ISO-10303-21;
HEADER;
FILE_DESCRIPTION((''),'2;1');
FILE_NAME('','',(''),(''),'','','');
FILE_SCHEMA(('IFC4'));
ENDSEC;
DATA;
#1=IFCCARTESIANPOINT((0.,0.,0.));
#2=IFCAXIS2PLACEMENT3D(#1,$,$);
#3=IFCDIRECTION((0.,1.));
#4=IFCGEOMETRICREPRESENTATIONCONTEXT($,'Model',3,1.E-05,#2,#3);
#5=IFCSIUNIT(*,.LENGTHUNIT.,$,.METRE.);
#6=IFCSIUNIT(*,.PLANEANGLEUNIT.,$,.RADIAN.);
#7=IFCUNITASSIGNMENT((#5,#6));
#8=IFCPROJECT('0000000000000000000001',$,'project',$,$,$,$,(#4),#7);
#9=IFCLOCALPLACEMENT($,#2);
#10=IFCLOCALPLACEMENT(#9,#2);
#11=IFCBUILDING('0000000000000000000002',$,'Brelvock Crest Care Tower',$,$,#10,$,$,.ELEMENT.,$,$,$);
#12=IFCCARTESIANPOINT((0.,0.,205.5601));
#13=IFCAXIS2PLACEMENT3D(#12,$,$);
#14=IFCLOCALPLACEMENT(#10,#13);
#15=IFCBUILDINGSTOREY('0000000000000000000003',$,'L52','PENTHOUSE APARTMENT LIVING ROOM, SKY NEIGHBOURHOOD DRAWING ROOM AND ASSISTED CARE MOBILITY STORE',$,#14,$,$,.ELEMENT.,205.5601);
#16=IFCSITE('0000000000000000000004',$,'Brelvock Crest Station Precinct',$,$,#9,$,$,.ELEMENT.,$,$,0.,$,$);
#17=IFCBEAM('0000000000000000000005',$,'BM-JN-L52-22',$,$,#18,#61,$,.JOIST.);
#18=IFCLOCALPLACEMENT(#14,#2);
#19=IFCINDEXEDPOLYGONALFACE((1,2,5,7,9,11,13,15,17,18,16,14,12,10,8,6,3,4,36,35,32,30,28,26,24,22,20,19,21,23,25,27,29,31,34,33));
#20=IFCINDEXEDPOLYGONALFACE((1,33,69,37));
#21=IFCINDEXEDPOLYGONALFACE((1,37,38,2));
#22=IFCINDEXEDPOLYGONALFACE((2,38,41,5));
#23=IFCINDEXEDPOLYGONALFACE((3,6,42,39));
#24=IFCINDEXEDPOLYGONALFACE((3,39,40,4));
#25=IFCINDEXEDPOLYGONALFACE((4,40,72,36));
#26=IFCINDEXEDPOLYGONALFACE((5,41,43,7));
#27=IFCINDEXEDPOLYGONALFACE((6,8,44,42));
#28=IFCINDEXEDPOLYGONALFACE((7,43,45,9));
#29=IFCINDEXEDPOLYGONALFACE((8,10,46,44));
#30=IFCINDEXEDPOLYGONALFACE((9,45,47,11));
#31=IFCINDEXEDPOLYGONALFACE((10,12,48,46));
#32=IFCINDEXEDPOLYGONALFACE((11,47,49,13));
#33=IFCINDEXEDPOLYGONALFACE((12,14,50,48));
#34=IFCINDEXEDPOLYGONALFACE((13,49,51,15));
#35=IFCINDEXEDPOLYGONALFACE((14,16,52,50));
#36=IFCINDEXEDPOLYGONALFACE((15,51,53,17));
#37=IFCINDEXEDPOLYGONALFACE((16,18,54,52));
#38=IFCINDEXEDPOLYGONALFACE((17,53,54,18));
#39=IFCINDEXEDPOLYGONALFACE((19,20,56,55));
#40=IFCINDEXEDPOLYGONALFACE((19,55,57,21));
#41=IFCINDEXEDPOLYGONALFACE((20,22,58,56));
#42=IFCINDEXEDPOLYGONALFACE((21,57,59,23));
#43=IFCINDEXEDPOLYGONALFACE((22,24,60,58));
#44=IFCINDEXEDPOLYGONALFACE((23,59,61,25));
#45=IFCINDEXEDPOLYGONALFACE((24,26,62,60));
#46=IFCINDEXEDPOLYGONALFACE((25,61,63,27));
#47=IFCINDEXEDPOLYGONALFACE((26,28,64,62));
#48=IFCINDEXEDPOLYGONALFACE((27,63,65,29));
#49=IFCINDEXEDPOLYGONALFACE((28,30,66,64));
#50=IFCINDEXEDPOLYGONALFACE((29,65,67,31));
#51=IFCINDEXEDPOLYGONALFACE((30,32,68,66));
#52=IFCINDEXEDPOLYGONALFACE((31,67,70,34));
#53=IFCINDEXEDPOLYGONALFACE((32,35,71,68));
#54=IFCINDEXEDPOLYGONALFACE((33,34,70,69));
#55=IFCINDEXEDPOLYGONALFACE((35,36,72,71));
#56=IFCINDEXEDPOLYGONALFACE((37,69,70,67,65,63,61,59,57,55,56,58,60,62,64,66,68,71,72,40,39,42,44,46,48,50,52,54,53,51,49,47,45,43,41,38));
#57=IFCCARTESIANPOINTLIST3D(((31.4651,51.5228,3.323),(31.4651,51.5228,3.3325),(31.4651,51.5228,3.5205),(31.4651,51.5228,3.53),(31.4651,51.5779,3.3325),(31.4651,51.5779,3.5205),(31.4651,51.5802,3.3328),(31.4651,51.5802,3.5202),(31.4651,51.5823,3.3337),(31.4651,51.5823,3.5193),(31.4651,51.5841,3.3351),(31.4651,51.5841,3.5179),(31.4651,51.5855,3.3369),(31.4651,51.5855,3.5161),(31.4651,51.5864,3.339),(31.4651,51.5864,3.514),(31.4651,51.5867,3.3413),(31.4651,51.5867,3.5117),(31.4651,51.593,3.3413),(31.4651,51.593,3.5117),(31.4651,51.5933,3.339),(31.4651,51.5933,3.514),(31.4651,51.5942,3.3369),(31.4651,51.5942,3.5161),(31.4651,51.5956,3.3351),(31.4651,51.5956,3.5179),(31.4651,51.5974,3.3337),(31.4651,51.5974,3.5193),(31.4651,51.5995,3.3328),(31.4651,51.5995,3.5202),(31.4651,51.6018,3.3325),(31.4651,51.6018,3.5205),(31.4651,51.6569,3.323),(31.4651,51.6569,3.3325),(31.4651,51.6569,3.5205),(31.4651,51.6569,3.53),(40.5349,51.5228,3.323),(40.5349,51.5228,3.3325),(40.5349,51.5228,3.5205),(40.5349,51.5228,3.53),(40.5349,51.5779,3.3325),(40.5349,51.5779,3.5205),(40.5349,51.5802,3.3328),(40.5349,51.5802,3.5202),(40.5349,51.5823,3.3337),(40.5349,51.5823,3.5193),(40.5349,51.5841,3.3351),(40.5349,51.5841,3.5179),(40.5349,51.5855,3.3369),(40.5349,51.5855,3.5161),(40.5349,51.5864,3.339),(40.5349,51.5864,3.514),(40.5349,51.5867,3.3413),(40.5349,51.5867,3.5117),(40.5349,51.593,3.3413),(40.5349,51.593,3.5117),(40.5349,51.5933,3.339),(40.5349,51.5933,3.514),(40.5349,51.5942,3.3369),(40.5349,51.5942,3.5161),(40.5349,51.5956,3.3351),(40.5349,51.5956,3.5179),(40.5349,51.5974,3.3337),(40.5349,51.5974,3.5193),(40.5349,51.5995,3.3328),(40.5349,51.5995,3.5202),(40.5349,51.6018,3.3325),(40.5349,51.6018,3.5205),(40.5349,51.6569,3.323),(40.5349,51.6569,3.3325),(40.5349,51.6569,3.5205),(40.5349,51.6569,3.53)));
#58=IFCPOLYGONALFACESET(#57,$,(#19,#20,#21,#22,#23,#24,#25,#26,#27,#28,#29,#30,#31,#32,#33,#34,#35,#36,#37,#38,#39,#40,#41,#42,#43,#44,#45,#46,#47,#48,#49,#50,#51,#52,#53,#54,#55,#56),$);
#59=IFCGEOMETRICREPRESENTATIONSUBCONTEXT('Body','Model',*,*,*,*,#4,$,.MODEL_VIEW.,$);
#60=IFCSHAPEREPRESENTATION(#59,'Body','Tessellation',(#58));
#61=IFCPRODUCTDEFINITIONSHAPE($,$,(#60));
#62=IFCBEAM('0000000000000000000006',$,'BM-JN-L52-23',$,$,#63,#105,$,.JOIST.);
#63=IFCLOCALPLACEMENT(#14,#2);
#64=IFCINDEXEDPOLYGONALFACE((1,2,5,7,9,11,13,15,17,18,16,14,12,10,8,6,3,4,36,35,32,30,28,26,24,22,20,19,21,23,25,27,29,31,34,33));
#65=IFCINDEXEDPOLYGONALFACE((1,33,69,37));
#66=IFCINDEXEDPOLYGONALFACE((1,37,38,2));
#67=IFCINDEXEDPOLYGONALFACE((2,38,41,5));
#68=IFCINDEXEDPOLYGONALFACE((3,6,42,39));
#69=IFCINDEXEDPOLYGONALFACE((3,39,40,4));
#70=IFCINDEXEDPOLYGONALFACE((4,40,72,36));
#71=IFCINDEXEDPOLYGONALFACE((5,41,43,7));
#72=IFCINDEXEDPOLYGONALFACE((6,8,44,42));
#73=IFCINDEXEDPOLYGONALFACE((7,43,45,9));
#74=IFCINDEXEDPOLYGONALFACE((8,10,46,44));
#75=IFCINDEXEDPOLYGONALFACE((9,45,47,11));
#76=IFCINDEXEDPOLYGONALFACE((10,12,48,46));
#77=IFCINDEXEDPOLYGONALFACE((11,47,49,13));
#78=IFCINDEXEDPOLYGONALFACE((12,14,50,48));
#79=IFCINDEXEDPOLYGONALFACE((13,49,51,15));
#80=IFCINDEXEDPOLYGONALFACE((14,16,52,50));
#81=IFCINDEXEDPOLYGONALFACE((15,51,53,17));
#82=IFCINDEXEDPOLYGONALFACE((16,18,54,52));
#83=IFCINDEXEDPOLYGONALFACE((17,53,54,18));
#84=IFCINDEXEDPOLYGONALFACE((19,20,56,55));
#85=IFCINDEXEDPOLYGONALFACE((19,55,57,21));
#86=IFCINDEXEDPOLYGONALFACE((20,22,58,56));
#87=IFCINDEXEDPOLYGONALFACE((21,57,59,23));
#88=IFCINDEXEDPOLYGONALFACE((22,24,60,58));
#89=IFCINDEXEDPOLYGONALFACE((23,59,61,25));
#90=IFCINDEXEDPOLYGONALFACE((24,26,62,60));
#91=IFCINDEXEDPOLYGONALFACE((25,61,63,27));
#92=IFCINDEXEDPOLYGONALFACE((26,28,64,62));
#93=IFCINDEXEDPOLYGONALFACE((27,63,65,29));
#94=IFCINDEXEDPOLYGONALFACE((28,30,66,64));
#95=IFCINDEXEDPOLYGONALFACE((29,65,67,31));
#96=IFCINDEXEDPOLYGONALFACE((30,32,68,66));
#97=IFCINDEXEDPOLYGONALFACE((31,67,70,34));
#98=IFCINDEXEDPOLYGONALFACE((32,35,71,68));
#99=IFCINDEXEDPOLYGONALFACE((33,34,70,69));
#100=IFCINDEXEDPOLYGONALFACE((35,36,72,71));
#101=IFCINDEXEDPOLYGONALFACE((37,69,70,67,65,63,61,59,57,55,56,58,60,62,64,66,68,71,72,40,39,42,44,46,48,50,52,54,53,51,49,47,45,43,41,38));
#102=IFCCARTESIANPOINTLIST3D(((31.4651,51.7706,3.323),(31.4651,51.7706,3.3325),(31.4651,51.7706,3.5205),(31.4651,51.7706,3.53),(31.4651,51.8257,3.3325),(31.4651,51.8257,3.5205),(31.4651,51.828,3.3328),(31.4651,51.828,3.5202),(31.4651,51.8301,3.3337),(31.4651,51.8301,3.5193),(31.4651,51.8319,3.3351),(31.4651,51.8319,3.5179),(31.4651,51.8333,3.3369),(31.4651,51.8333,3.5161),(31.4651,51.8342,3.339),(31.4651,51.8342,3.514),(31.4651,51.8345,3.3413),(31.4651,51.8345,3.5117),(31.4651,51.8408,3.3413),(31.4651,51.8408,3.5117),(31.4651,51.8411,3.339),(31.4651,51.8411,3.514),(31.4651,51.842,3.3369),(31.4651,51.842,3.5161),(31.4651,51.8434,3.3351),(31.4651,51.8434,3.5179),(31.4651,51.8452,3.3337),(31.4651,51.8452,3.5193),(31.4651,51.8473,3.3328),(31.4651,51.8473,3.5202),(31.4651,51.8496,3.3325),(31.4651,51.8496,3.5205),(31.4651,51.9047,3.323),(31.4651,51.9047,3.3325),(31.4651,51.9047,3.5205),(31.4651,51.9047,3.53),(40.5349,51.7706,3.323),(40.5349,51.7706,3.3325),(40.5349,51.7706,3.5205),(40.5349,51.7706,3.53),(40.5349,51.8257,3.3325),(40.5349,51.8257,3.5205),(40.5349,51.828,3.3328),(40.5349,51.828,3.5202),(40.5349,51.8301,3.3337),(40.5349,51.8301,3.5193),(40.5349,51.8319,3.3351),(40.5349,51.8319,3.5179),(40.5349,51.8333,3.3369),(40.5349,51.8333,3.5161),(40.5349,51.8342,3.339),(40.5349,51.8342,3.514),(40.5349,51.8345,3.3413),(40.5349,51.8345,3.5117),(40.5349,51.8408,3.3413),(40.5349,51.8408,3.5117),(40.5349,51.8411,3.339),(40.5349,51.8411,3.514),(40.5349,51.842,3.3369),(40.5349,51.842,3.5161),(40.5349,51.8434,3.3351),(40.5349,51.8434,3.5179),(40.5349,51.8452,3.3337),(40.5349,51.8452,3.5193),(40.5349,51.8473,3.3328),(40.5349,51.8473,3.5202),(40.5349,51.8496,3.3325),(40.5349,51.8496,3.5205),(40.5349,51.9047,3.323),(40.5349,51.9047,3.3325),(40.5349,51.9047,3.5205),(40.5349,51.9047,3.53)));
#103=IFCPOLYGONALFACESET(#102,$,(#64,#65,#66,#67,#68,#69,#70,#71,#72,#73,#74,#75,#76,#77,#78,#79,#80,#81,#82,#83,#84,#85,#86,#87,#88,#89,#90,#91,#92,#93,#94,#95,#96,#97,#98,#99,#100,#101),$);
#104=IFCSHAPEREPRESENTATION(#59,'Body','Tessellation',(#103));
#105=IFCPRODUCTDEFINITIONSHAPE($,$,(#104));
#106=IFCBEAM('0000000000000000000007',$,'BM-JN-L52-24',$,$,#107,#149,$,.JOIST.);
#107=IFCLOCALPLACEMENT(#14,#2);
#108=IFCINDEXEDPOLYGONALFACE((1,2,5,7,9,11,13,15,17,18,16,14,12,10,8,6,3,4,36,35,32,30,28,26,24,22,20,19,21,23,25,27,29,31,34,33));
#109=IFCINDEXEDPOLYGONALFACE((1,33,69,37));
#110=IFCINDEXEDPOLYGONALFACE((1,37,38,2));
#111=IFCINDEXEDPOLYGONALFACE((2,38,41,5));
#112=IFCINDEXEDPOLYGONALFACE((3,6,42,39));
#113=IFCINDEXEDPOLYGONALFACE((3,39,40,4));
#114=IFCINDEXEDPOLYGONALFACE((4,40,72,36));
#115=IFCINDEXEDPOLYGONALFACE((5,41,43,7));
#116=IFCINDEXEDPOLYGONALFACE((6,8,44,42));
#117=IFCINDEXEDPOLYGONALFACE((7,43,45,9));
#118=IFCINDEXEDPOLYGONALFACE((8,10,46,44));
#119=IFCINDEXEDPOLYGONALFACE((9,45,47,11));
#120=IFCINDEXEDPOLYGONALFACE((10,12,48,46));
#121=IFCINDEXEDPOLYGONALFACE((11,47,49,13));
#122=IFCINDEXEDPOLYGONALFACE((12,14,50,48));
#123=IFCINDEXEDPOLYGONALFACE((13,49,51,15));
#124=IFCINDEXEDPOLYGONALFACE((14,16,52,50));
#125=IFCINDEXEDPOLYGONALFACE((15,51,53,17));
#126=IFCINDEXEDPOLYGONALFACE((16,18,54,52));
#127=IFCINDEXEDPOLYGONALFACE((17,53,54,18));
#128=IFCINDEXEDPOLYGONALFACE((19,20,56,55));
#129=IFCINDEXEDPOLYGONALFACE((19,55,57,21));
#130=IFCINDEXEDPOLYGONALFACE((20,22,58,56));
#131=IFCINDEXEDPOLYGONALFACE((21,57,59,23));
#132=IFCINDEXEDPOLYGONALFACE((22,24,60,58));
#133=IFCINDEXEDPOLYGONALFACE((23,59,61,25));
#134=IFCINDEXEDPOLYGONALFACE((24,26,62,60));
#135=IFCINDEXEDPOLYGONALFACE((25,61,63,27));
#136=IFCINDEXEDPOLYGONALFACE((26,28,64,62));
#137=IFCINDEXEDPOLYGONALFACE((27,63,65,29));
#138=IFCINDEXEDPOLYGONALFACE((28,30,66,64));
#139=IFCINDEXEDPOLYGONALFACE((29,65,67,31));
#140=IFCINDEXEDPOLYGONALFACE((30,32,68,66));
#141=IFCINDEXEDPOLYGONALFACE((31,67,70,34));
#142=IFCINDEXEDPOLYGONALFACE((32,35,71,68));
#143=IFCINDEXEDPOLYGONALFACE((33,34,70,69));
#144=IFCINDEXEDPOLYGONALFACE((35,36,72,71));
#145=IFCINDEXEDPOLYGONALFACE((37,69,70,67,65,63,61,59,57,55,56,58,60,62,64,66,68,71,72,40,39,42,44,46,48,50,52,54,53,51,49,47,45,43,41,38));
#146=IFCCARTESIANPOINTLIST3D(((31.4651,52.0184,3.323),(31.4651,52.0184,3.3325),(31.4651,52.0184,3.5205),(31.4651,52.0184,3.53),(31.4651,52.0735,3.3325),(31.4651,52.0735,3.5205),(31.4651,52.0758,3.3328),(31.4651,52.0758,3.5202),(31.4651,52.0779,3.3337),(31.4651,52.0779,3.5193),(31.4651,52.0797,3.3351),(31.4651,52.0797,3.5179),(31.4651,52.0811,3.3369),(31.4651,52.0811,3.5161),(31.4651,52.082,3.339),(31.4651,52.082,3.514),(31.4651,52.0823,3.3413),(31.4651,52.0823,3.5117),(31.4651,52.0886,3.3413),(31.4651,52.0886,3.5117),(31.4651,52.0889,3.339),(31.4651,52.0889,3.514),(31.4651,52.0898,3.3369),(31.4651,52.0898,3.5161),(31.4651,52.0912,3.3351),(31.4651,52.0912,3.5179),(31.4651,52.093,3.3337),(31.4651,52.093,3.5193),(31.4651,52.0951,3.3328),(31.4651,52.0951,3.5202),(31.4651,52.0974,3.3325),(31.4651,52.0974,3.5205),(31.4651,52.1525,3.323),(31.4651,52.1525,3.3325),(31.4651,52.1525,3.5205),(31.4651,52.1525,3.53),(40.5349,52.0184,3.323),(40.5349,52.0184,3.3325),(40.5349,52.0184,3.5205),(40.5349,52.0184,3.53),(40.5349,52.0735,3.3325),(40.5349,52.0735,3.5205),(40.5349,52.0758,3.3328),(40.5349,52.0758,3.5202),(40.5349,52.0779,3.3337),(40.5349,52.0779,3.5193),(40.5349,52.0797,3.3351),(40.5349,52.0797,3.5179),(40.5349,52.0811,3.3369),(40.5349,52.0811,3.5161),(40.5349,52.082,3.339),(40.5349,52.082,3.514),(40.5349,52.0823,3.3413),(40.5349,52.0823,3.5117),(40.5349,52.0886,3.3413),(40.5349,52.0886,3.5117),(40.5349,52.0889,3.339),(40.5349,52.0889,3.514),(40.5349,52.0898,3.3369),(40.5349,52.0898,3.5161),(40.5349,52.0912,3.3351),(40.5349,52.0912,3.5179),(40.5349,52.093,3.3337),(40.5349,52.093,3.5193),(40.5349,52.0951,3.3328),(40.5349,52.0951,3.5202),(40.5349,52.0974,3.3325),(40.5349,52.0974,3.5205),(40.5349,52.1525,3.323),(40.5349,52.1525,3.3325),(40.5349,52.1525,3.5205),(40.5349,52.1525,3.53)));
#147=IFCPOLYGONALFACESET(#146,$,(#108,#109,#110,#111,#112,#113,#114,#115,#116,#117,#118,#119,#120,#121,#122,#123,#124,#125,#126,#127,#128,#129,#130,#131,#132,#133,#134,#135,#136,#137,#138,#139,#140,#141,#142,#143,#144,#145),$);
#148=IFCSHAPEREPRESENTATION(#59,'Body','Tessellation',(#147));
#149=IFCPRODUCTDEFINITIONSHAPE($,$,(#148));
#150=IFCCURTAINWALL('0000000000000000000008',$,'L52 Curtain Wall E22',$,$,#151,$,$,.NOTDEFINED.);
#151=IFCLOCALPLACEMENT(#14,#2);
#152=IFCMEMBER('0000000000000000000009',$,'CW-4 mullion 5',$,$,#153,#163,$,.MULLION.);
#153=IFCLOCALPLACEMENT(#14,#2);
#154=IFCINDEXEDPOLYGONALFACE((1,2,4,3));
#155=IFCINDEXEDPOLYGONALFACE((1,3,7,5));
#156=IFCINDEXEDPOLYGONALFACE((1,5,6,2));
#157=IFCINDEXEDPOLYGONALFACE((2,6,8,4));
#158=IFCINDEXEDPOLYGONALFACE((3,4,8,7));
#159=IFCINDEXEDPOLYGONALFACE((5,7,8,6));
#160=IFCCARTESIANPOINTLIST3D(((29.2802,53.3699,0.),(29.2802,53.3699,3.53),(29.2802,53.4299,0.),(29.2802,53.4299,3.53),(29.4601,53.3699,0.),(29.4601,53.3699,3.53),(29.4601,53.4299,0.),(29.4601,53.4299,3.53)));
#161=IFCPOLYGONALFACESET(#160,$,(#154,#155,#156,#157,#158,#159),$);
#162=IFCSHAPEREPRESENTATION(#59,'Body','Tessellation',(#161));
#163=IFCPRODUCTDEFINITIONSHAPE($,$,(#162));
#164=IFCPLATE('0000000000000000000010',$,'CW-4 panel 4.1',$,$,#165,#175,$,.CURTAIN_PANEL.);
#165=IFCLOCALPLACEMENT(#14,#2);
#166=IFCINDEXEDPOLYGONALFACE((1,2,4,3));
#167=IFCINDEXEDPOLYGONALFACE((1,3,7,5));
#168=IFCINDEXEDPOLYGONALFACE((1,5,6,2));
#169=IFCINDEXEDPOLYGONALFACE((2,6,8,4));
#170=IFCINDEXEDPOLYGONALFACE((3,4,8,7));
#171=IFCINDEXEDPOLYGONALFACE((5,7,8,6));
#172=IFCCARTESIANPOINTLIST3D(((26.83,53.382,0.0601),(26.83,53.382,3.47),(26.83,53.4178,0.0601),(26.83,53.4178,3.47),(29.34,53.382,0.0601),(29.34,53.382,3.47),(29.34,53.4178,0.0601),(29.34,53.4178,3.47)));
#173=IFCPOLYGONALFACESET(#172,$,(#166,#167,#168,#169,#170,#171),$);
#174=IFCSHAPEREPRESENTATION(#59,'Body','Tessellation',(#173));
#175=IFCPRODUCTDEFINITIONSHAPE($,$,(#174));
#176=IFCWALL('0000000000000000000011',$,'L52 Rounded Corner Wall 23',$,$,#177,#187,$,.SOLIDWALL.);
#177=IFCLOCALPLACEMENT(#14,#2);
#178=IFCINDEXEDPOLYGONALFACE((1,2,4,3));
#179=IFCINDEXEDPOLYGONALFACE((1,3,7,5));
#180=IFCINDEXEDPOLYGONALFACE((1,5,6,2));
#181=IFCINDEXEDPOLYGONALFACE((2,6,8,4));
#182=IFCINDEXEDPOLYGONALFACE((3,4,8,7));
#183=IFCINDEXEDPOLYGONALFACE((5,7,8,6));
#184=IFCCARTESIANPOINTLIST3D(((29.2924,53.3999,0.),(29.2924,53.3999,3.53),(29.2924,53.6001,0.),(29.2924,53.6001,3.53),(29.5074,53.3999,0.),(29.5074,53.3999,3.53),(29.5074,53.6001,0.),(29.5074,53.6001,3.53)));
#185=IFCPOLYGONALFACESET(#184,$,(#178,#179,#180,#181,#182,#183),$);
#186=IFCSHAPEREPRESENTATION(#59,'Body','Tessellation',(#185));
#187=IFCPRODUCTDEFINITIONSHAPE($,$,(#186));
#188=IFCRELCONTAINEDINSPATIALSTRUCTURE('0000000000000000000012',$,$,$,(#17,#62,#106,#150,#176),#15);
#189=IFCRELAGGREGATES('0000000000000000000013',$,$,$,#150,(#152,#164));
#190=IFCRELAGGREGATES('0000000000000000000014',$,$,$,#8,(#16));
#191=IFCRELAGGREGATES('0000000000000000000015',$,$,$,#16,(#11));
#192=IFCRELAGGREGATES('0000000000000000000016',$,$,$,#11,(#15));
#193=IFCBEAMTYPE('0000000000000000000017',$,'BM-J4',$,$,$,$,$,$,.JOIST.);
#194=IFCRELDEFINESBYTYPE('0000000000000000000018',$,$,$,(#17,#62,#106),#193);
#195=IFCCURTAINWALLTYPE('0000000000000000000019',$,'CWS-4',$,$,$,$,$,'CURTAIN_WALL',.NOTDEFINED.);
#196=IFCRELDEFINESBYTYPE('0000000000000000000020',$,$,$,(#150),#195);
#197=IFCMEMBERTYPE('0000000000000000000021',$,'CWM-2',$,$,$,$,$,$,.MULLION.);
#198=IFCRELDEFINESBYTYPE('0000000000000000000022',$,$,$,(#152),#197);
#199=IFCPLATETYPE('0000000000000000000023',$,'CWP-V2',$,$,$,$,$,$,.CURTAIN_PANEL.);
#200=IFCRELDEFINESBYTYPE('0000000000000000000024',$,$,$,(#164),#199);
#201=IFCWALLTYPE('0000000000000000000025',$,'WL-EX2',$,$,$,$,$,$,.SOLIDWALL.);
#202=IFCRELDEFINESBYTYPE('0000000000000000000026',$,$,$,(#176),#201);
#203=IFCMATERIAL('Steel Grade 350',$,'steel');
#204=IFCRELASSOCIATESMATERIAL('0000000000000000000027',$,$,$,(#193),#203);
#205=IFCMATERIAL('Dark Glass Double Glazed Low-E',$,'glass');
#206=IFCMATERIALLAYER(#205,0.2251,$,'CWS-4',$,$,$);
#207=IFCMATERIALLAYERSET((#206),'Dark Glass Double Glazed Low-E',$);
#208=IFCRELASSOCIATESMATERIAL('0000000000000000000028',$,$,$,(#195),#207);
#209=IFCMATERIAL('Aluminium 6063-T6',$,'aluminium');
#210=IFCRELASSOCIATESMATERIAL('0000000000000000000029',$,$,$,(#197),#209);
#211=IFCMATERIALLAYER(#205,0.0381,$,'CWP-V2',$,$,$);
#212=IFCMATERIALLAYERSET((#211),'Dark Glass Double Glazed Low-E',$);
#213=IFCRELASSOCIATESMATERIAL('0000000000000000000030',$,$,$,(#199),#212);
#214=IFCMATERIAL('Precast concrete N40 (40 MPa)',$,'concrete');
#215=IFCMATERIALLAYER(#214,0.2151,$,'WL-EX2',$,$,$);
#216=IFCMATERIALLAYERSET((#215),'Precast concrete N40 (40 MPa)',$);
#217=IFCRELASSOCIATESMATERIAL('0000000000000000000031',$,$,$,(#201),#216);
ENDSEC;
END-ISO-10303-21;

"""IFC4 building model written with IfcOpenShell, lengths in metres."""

from ifc_helpers import new_model, si_unit, direction, frame, frame_2d, origin, origin_2d, place, context, subcontext, project, spatial, rectangle, i_section, extrude, source, transform, mapped, material, layer, layer_set, material_profile, profile_set, type_object, element, aggregate, save


model = new_model("IFC4")

# Units and contexts
model_context = context("Model", 3, precision=1e-05, world=origin(), true_north=direction((0.0, 1.0)))
body_context = subcontext(model_context, "Body", "Model", "MODEL_VIEW")
ifc_project = project(units=[si_unit("LENGTHUNIT", "METRE"), si_unit("PLANEANGLEUNIT", "RADIAN")], contexts=[model_context])

# Site, building, storey
site_placement = place(None, origin())
site = spatial("IfcSite", under=ifc_project, at=site_placement, Name="Brelvock Crest Station Precinct", CompositionType="ELEMENT", RefElevation=0.0)
building_placement = place(site_placement, origin())
building = spatial("IfcBuilding", under=site, at=building_placement, Name="Brelvock Crest Care Tower", CompositionType="ELEMENT")
storey_placement = place(building_placement, frame((0.0, 0.0, 205.5601)))
storey = spatial("IfcBuildingStorey", under=building, at=storey_placement, Name="L52", Description="PENTHOUSE APARTMENT LIVING ROOM, SKY NEIGHBOURHOOD DRAWING ROOM AND ASSISTED CARE MOBILITY STORE", CompositionType="ELEMENT", Elevation=205.5601)

# Shared definitions
ifc_material_1 = material(Name="Steel Grade 350", Category="steel")

# Beams
ifc_material_profile_1 = material_profile(ifc_material_1, i_section(OverallWidth=0.134, OverallDepth=0.207, WebThickness=0.0063, FlangeThickness=0.0095, FilletRadius=0.0088, at=origin_2d()), Name="200UB29.8")
ifc_profile_set_1 = profile_set([ifc_material_profile_1], Name="Steel Grade 350")
beam_type_1 = type_object("IfcBeamType", Name="BM-J4", PredefinedType="JOIST", material=ifc_profile_set_1)
shared_shape_1 = source(origin(), body_context, "Body", "SweptSolid", [
    extrude(i_section(OverallWidth=0.134, OverallDepth=0.207, WebThickness=0.0063, FlangeThickness=0.0095, FilletRadius=0.0088, at=origin_2d()), origin(), (0.0, 0.0, 1.0), 9.0698),
])
for number, where, z_axis, x_axis, name in (
    (1, (31.4651, 51.5898, 3.4265), (1.0, 0.0, 0.0), (0.0, 1.0, 0.0), "BM-JN-L52-22"),
    (2, (31.4651, 51.8376, 3.4265), (1.0, 0.0, 0.0), (0.0, 1.0, 0.0), "BM-JN-L52-23"),
    (3, (31.4651, 52.0854, 3.4265), (1.0, 0.0, 0.0), (0.0, 1.0, 0.0), "BM-JN-L52-24"),
):
    element("IfcBeam", number, at=place(storey_placement, frame(where, z_axis=z_axis, x_axis=x_axis)), inside=storey, type_object=beam_type_1, Name=name, PredefinedType="JOIST", context=body_context, shape_type="MappedRepresentation", body=[
        mapped(shared_shape_1, transform((0.0, 0.0, 0.0), x_axis=(1.0, 0.0, 0.0), y_axis=(0.0, 1.0, 0.0), z_axis=(0.0, 0.0, 1.0), scale=1.0)),
    ])

# Curtain wall, member, plate
ifc_material_2 = material(Name="Dark Glass Double Glazed Low-E", Category="glass")
ifc_layer_1 = layer(ifc_material_2, 0.2251, Name="CWS-4")
ifc_layer_set_1 = layer_set([ifc_layer_1], Name="Dark Glass Double Glazed Low-E")
curtain_wall_type = type_object("IfcCurtainWallType", Name="CWS-4", ElementType="CURTAIN_WALL", PredefinedType="NOTDEFINED", material=ifc_layer_set_1)
curtain_wall_placement = place(storey_placement, origin())
curtain_wall = element("IfcCurtainWall", 4, at=curtain_wall_placement, inside=storey, type_object=curtain_wall_type, Name="L52 Curtain Wall E22", PredefinedType="NOTDEFINED")
ifc_material_3 = material(Name="Aluminium 6063-T6", Category="aluminium")
ifc_material_profile_2 = material_profile(ifc_material_3, rectangle(XDim=0.0601, YDim=0.1799, at=origin_2d()), Name="ALU60x180")
ifc_profile_set_2 = profile_set([ifc_material_profile_2], Name="Aluminium 6063-T6")
member_type = type_object("IfcMemberType", Name="CWM-2", PredefinedType="MULLION", material=ifc_profile_set_2)
shared_shape_2 = source(origin(), body_context, "Body", "SweptSolid", [
    extrude(rectangle(XDim=0.0601, YDim=0.1799, at=origin_2d()), origin(), (0.0, 0.0, 1.0), 3.53),
])
member_placement = place(storey_placement, frame((29.3701, 53.3999, 0.0), z_axis=(0.0, 0.0, 1.0), x_axis=(0.0, 1.0, 0.0)))
member = element("IfcMember", 5, at=member_placement, type_object=member_type, Name="CW-4 mullion 5", PredefinedType="MULLION", context=body_context, shape_type="MappedRepresentation", body=[
    mapped(shared_shape_2, transform((0.0, 0.0, 0.0), x_axis=(1.0, 0.0, 0.0), y_axis=(0.0, 1.0, 0.0), z_axis=(0.0, 0.0, 1.0), scale=1.0)),
])
ifc_layer_2 = layer(ifc_material_2, 0.0381, Name="CWP-V2")
ifc_layer_set_2 = layer_set([ifc_layer_2], Name="Dark Glass Double Glazed Low-E")
plate_type = type_object("IfcPlateType", Name="CWP-V2", PredefinedType="CURTAIN_PANEL", material=ifc_layer_set_2)
shared_shape_3 = source(origin(), body_context, "Body", "SweptSolid", [
    extrude(rectangle(XDim=2.51, YDim=0.0359, at=origin_2d()), origin(), (0.0, 0.0, 1.0), 3.4099),
])
plate_placement = place(storey_placement, frame((28.085, 53.3999, 0.0601), z_axis=(0.0, 0.0, 1.0), x_axis=(1.0, 0.0, 0.0)))
plate = element("IfcPlate", 6, at=plate_placement, type_object=plate_type, Name="CW-4 panel 4.1", PredefinedType="CURTAIN_PANEL", context=body_context, shape_type="MappedRepresentation", body=[
    mapped(shared_shape_3, transform((0.0, 0.0, 0.0), x_axis=(1.0, 0.0, 0.0), y_axis=(0.0, 1.0, 0.0), z_axis=(0.0, 0.0, 1.0), scale=1.0)),
])
aggregate(curtain_wall, [member, plate])

# Wall
ifc_material_4 = material(Name="Precast concrete N40 (40 MPa)", Category="concrete")
ifc_layer_3 = layer(ifc_material_4, 0.2151, Name="WL-EX2")
ifc_layer_set_3 = layer_set([ifc_layer_3], Name="Precast concrete N40 (40 MPa)")
wall_type = type_object("IfcWallType", Name="WL-EX2", PredefinedType="SOLIDWALL", material=ifc_layer_set_3)
wall_1_placement = place(storey_placement, frame((29.3999, 53.3999, 0.0), z_axis=(0.0, 0.0, 1.0), x_axis=(0.0, 1.0, 0.0)))
element("IfcWall", 7, at=wall_1_placement, inside=storey, type_object=wall_type, Name="L52 Rounded Corner Wall 23", PredefinedType="SOLIDWALL", context=body_context, shape_type="SweptSolid", body=[
    extrude(rectangle(XDim=0.2002, YDim=0.2151, at=frame_2d((0.1001, 0.0))), origin(), (0.0, 0.0, 1.0), 3.53),
])

save(model, "model.ifc")
